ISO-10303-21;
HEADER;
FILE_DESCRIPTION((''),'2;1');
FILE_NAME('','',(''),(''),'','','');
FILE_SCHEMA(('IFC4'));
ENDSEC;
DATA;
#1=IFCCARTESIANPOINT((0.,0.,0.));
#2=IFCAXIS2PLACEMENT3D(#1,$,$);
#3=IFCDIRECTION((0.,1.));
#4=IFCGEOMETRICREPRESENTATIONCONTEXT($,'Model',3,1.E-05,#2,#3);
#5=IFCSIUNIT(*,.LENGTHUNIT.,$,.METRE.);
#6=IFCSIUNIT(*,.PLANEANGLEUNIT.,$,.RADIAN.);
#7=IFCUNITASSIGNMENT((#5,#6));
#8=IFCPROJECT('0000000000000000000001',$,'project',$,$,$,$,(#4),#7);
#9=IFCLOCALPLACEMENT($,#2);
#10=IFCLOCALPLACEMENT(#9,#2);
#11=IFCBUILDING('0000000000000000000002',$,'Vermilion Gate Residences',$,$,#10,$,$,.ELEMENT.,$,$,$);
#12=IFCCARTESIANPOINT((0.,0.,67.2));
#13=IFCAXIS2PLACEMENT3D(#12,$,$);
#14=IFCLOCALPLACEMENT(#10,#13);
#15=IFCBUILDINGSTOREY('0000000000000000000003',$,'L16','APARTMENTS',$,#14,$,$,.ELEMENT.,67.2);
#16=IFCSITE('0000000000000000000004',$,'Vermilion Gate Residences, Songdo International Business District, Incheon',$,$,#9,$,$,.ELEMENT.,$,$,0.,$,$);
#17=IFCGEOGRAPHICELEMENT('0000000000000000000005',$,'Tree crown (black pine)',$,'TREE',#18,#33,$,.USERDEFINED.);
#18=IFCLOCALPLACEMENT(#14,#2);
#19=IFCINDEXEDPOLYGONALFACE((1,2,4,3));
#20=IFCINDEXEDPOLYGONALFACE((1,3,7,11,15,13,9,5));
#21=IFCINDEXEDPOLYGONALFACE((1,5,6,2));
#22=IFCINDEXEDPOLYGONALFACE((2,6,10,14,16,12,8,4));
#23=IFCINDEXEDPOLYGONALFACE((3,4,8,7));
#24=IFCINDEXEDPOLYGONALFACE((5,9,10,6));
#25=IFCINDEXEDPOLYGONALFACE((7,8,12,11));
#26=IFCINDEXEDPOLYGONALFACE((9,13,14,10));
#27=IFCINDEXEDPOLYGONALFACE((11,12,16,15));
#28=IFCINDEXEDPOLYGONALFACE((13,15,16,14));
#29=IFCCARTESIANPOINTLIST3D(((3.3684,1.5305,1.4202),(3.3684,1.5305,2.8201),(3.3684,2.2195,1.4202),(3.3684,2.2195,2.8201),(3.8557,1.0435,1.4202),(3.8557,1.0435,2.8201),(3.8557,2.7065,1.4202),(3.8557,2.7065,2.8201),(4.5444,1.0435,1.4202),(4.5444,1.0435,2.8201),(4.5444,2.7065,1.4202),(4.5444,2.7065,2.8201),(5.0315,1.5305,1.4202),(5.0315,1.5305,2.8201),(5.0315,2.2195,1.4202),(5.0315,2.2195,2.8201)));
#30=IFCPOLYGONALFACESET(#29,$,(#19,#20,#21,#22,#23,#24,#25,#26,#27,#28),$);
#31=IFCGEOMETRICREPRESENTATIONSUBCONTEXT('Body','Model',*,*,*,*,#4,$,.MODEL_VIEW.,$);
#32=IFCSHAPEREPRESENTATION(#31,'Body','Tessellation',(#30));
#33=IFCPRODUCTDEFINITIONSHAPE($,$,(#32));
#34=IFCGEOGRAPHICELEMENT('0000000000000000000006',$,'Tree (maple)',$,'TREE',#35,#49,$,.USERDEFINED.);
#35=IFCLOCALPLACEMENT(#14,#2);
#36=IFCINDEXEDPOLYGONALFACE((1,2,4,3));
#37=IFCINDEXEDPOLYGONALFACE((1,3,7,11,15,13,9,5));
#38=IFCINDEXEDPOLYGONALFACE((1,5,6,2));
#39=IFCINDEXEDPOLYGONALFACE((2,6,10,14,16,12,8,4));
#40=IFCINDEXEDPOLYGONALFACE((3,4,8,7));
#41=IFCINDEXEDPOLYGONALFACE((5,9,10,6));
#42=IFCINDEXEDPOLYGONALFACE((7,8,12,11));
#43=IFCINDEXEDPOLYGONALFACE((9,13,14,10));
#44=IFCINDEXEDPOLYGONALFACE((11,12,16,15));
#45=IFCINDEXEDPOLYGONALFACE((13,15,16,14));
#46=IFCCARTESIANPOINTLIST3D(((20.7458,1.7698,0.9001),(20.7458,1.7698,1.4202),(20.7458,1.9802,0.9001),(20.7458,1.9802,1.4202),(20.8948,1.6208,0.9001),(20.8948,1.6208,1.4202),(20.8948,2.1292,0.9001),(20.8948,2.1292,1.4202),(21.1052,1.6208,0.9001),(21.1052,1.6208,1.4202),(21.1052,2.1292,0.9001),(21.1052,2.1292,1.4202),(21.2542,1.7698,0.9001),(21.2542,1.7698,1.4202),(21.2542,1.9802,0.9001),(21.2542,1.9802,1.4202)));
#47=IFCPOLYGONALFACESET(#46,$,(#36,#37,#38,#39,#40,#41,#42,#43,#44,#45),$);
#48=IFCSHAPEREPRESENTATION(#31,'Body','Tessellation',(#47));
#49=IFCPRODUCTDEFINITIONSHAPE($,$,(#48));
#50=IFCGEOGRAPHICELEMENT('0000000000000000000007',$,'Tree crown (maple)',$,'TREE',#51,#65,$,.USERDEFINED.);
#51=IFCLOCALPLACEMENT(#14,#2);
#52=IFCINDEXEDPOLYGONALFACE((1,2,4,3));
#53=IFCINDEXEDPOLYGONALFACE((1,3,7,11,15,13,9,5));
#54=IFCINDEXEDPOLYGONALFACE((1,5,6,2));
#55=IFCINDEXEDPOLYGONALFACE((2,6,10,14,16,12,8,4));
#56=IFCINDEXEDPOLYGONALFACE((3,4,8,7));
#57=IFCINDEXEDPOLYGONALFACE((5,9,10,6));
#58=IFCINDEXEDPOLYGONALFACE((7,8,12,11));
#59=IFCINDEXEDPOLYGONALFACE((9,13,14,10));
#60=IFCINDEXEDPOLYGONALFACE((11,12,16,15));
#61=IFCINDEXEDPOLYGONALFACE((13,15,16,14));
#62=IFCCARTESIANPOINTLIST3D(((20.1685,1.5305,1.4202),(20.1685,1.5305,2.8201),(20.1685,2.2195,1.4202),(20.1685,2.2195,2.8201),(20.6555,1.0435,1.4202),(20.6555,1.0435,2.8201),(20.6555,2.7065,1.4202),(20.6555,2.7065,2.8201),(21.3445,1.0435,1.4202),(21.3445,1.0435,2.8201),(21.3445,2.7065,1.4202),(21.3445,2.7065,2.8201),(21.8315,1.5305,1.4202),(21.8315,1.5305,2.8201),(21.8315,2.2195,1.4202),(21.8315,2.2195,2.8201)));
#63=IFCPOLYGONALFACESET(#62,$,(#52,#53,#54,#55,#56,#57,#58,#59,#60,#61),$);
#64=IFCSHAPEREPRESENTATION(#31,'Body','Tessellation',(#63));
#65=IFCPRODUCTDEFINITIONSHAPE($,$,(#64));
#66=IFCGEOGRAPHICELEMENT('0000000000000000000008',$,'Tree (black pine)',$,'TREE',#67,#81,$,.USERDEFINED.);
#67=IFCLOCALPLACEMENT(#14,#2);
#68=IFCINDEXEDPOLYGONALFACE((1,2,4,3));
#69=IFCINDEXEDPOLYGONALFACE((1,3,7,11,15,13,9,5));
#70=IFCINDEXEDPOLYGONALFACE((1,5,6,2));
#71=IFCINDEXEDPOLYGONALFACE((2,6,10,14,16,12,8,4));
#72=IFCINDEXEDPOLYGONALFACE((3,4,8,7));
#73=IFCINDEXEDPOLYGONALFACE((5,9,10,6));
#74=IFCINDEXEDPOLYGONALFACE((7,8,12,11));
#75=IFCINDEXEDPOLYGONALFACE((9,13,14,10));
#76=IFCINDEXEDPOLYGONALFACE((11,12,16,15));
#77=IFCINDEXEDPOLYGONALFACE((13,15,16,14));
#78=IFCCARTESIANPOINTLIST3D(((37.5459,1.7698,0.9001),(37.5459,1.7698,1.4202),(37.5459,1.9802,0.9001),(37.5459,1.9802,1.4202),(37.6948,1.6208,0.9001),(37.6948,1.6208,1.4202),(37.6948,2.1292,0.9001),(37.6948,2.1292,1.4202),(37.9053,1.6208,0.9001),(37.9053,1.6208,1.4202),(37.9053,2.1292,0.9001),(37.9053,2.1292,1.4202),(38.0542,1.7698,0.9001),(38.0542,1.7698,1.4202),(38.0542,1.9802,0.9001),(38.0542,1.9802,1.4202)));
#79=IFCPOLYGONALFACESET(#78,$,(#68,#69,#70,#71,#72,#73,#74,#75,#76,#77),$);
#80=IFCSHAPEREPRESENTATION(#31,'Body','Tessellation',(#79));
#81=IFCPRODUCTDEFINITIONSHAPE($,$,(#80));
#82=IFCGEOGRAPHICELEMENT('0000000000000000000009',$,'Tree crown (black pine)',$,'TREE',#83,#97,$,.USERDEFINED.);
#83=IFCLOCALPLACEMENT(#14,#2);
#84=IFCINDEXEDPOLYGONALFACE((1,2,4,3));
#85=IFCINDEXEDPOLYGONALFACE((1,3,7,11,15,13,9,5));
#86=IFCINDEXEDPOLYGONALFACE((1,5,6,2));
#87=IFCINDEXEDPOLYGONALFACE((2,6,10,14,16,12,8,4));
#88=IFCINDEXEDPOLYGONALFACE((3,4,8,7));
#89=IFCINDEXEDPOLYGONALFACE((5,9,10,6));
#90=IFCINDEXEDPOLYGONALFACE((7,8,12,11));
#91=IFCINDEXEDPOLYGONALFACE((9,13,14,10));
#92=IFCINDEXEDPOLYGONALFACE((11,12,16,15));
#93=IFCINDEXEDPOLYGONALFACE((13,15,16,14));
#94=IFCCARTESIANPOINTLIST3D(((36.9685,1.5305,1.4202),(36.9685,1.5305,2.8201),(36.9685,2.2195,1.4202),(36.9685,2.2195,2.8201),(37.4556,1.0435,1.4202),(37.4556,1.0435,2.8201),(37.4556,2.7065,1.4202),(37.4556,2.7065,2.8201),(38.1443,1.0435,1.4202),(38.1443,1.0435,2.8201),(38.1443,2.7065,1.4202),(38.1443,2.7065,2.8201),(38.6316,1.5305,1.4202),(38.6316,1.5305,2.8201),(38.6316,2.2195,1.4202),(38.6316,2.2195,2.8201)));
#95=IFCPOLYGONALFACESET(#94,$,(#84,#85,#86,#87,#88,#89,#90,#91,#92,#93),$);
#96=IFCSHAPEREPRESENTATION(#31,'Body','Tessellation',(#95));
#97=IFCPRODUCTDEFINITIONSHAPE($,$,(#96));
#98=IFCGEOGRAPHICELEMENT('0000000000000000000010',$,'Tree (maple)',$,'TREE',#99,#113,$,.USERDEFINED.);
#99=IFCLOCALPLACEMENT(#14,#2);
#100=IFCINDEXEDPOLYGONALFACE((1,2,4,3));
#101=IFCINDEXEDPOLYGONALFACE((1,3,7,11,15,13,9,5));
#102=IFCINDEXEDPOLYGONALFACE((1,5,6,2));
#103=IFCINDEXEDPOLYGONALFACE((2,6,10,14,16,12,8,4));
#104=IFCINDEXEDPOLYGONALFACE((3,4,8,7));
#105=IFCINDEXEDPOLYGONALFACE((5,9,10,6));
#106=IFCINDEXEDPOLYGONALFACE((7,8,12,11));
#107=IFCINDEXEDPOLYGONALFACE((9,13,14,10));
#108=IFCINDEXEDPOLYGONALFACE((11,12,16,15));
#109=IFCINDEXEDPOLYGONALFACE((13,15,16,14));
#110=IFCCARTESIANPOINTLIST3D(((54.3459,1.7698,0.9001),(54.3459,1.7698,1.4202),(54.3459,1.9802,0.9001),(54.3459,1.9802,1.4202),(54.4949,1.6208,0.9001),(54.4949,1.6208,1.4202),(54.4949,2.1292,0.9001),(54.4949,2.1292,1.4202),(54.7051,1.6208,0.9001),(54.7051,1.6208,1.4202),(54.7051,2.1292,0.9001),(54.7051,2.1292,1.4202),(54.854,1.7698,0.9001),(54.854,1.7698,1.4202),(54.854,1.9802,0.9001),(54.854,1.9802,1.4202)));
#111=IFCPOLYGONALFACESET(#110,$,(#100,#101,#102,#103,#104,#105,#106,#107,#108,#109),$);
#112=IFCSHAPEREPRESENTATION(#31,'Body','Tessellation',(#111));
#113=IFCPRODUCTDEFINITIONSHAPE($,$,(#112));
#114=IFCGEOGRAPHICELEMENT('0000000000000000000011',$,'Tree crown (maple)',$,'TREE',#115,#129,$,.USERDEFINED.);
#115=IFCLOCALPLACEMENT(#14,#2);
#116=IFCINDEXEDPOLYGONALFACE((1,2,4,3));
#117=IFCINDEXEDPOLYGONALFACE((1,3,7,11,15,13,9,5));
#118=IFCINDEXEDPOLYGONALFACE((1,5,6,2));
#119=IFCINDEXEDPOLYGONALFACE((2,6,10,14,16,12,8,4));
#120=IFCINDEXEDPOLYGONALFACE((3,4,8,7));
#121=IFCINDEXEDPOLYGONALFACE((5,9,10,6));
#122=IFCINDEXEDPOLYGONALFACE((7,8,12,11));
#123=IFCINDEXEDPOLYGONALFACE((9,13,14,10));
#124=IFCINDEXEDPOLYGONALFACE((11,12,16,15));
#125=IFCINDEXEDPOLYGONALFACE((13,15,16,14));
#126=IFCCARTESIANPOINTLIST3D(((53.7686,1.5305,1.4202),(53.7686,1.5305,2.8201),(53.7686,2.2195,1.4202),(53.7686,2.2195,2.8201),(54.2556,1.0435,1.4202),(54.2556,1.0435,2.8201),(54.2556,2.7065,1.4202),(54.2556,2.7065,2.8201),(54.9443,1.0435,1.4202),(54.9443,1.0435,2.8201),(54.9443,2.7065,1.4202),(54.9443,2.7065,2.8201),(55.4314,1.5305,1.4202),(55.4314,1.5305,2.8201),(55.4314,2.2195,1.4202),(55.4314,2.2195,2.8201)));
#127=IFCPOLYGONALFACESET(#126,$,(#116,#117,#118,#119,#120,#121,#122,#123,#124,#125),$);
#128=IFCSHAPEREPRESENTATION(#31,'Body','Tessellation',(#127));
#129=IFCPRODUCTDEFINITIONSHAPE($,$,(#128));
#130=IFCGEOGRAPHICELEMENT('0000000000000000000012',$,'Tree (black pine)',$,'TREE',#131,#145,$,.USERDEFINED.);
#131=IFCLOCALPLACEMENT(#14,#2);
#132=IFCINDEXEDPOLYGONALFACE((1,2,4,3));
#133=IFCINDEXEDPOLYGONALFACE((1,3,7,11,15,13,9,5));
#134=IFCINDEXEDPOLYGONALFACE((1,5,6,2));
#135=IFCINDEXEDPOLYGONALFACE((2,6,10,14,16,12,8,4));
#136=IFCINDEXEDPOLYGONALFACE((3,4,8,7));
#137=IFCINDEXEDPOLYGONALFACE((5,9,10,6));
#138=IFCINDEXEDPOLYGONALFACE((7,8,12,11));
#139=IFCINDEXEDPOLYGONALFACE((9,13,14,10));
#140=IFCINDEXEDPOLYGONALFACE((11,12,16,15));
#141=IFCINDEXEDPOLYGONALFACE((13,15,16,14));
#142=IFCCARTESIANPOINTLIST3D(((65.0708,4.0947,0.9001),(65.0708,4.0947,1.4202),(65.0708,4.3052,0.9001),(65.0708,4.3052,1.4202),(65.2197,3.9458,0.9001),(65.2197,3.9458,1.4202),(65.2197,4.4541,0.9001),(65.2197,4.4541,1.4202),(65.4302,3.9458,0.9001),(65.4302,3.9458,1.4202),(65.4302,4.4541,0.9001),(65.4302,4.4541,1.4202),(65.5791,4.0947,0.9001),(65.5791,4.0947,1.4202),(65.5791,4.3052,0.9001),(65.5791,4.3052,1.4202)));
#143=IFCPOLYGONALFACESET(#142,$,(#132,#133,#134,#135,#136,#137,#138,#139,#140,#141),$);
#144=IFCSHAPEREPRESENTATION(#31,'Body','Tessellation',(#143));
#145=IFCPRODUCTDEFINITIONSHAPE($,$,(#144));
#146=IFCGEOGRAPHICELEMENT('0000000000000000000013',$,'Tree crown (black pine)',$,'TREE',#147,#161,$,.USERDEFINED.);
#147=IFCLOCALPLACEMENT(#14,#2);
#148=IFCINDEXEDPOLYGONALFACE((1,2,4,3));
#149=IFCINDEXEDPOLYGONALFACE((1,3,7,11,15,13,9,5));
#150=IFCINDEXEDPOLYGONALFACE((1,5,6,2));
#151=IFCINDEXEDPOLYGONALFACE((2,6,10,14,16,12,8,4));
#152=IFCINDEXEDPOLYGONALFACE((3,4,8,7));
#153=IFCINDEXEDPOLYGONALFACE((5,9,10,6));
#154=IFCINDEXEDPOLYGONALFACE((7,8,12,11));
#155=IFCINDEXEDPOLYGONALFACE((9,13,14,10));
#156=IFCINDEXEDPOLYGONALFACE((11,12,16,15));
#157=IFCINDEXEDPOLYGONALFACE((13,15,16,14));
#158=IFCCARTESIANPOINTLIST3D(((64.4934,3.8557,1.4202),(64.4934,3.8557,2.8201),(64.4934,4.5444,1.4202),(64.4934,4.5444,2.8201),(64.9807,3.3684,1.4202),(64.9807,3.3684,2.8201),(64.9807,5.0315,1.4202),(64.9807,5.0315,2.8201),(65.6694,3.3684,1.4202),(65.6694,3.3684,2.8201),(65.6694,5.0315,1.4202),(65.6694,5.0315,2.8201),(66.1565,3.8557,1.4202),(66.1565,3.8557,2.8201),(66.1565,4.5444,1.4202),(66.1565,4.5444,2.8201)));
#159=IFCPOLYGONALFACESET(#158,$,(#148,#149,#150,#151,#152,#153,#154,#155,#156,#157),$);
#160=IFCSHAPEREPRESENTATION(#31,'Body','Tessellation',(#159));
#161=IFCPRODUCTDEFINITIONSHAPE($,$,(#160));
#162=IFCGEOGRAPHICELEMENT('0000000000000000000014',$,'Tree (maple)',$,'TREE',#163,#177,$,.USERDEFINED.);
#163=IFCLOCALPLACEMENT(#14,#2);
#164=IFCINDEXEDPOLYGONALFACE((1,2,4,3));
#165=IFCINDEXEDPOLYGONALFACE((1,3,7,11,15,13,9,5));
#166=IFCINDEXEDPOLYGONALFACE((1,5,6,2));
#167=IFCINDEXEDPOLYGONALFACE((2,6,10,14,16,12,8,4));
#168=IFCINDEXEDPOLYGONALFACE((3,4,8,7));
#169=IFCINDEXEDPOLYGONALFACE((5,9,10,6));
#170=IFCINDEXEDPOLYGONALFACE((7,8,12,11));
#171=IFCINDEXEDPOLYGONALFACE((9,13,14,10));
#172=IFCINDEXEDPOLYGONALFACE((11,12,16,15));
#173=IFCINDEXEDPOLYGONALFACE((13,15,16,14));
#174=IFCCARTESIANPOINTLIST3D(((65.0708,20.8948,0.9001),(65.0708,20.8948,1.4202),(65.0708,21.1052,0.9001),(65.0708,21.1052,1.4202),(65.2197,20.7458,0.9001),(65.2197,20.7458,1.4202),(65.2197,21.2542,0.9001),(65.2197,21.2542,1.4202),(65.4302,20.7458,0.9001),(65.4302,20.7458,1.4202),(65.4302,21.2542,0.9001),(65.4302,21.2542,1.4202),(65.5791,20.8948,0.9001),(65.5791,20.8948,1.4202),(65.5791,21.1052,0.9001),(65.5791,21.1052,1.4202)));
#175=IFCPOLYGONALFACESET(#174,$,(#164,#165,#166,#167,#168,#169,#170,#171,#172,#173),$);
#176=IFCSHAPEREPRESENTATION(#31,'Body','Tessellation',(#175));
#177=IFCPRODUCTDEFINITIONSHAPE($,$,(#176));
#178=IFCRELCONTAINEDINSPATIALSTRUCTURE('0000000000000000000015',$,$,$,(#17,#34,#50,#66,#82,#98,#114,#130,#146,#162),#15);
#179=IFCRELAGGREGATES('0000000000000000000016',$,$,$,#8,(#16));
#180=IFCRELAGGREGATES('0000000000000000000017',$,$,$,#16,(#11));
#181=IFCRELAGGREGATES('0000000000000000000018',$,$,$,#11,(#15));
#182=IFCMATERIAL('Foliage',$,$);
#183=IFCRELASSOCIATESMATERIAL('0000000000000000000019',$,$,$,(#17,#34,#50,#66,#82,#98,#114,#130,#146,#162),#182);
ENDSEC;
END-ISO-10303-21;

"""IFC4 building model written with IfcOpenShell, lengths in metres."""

from ifc_helpers import new_model, si_unit, direction, frame, origin, place, context, subcontext, project, spatial, polyline, outline, extrude, material, element, save


model = new_model("IFC4")

# Units and contexts
model_context = context("Model", 3, precision=1e-05, world=origin(), true_north=direction((0.0, 1.0)))
body_context = subcontext(model_context, "Body", "Model", "MODEL_VIEW")
ifc_project = project(units=[si_unit("LENGTHUNIT", "METRE"), si_unit("PLANEANGLEUNIT", "RADIAN")], contexts=[model_context])

# Site, building, storey
site_placement = place(None, origin())
site = spatial("IfcSite", under=ifc_project, at=site_placement, Name="Vermilion Gate Residences, Songdo International Business District, Incheon", CompositionType="ELEMENT", RefElevation=0.0)
building_placement = place(site_placement, origin())
building = spatial("IfcBuilding", under=site, at=building_placement, Name="Vermilion Gate Residences", CompositionType="ELEMENT")
storey_placement = place(building_placement, frame((0.0, 0.0, 67.2)))
storey = spatial("IfcBuildingStorey", under=building, at=storey_placement, Name="L16", Description="APARTMENTS", CompositionType="ELEMENT", Elevation=67.2)

# Geographic elements
ifc_material_1 = material(Name="Foliage")
geographic_element_1_placement = place(storey_placement, frame((0.0, 0.0, 1.4202)))
element("IfcGeographicElement", 1, at=geographic_element_1_placement, inside=storey, material=ifc_material_1, Name="Tree crown (black pine)", ObjectType="TREE", PredefinedType="USERDEFINED", context=body_context, shape_type="SweptSolid", body=[
    extrude(outline(polyline([(5.0315, 2.2195), (4.5444, 2.7065), (3.8557, 2.7065), (3.3684, 2.2195), (3.3684, 1.5305), (3.8557, 1.0435), (4.5444, 1.0435), (5.0315, 1.5305), (5.0315, 2.2195)])), origin(), (0.0, 0.0, 1.0), 1.3999),
])
geographic_element_2_placement = place(storey_placement, frame((0.0, 0.0, 0.9001)))
element("IfcGeographicElement", 2, at=geographic_element_2_placement, inside=storey, material=ifc_material_1, Name="Tree (maple)", ObjectType="TREE", PredefinedType="USERDEFINED", context=body_context, shape_type="SweptSolid", body=[
    extrude(outline(polyline([(21.2542, 1.9802), (21.1052, 2.1292), (20.8948, 2.1292), (20.7458, 1.9802), (20.7458, 1.7698), (20.8948, 1.6208), (21.1052, 1.6208), (21.2542, 1.7698), (21.2542, 1.9802)])), origin(), (0.0, 0.0, 1.0), 0.52),
])
geographic_element_3_placement = place(storey_placement, frame((0.0, 0.0, 1.4202)))
element("IfcGeographicElement", 3, at=geographic_element_3_placement, inside=storey, material=ifc_material_1, Name="Tree crown (maple)", ObjectType="TREE", PredefinedType="USERDEFINED", context=body_context, shape_type="SweptSolid", body=[
    extrude(outline(polyline([(21.8315, 2.2195), (21.3445, 2.7065), (20.6555, 2.7065), (20.1685, 2.2195), (20.1685, 1.5305), (20.6555, 1.0435), (21.3445, 1.0435), (21.8315, 1.5305), (21.8315, 2.2195)])), origin(), (0.0, 0.0, 1.0), 1.3999),
])
geographic_element_4_placement = place(storey_placement, frame((0.0, 0.0, 0.9001)))
element("IfcGeographicElement", 4, at=geographic_element_4_placement, inside=storey, material=ifc_material_1, Name="Tree (black pine)", ObjectType="TREE", PredefinedType="USERDEFINED", context=body_context, shape_type="SweptSolid", body=[
    extrude(outline(polyline([(38.0542, 1.9802), (37.9053, 2.1292), (37.6948, 2.1292), (37.5459, 1.9802), (37.5459, 1.7698), (37.6948, 1.6208), (37.9053, 1.6208), (38.0542, 1.7698), (38.0542, 1.9802)])), origin(), (0.0, 0.0, 1.0), 0.52),
])
geographic_element_5_placement = place(storey_placement, frame((0.0, 0.0, 1.4202)))
element("IfcGeographicElement", 5, at=geographic_element_5_placement, inside=storey, material=ifc_material_1, Name="Tree crown (black pine)", ObjectType="TREE", PredefinedType="USERDEFINED", context=body_context, shape_type="SweptSolid", body=[
    extrude(outline(polyline([(38.6316, 2.2195), (38.1443, 2.7065), (37.4556, 2.7065), (36.9685, 2.2195), (36.9685, 1.5305), (37.4556, 1.0435), (38.1443, 1.0435), (38.6316, 1.5305), (38.6316, 2.2195)])), origin(), (0.0, 0.0, 1.0), 1.3999),
])
geographic_element_6_placement = place(storey_placement, frame((0.0, 0.0, 0.9001)))
element("IfcGeographicElement", 6, at=geographic_element_6_placement, inside=storey, material=ifc_material_1, Name="Tree (maple)", ObjectType="TREE", PredefinedType="USERDEFINED", context=body_context, shape_type="SweptSolid", body=[
    extrude(outline(polyline([(54.854, 1.9802), (54.7051, 2.1292), (54.4949, 2.1292), (54.3459, 1.9802), (54.3459, 1.7698), (54.4949, 1.6208), (54.7051, 1.6208), (54.854, 1.7698), (54.854, 1.9802)])), origin(), (0.0, 0.0, 1.0), 0.52),
])
geographic_element_7_placement = place(storey_placement, frame((0.0, 0.0, 1.4202)))
element("IfcGeographicElement", 7, at=geographic_element_7_placement, inside=storey, material=ifc_material_1, Name="Tree crown (maple)", ObjectType="TREE", PredefinedType="USERDEFINED", context=body_context, shape_type="SweptSolid", body=[
    extrude(outline(polyline([(55.4314, 2.2195), (54.9443, 2.7065), (54.2556, 2.7065), (53.7686, 2.2195), (53.7686, 1.5305), (54.2556, 1.0435), (54.9443, 1.0435), (55.4314, 1.5305), (55.4314, 2.2195)])), origin(), (0.0, 0.0, 1.0), 1.3999),
])
geographic_element_8_placement = place(storey_placement, frame((0.0, 0.0, 0.9001)))
element("IfcGeographicElement", 8, at=geographic_element_8_placement, inside=storey, material=ifc_material_1, Name="Tree (black pine)", ObjectType="TREE", PredefinedType="USERDEFINED", context=body_context, shape_type="SweptSolid", body=[
    extrude(outline(polyline([(65.5791, 4.3052), (65.4302, 4.4541), (65.2197, 4.4541), (65.0708, 4.3052), (65.0708, 4.0947), (65.2197, 3.9458), (65.4302, 3.9458), (65.5791, 4.0947), (65.5791, 4.3052)])), origin(), (0.0, 0.0, 1.0), 0.52),
])
geographic_element_9_placement = place(storey_placement, frame((0.0, 0.0, 1.4202)))
element("IfcGeographicElement", 9, at=geographic_element_9_placement, inside=storey, material=ifc_material_1, Name="Tree crown (black pine)", ObjectType="TREE", PredefinedType="USERDEFINED", context=body_context, shape_type="SweptSolid", body=[
    extrude(outline(polyline([(66.1565, 4.5444), (65.6694, 5.0315), (64.9807, 5.0315), (64.4934, 4.5444), (64.4934, 3.8557), (64.9807, 3.3684), (65.6694, 3.3684), (66.1565, 3.8557), (66.1565, 4.5444)])), origin(), (0.0, 0.0, 1.0), 1.3999),
])
geographic_element_10_placement = place(storey_placement, frame((0.0, 0.0, 0.9001)))
element("IfcGeographicElement", 10, at=geographic_element_10_placement, inside=storey, material=ifc_material_1, Name="Tree (maple)", ObjectType="TREE", PredefinedType="USERDEFINED", context=body_context, shape_type="SweptSolid", body=[
    extrude(outline(polyline([(65.5791, 21.1052), (65.4302, 21.2542), (65.2197, 21.2542), (65.0708, 21.1052), (65.0708, 20.8948), (65.2197, 20.7458), (65.4302, 20.7458), (65.5791, 20.8948), (65.5791, 21.1052)])), origin(), (0.0, 0.0, 1.0), 0.52),
])

save(model, "model.ifc")
